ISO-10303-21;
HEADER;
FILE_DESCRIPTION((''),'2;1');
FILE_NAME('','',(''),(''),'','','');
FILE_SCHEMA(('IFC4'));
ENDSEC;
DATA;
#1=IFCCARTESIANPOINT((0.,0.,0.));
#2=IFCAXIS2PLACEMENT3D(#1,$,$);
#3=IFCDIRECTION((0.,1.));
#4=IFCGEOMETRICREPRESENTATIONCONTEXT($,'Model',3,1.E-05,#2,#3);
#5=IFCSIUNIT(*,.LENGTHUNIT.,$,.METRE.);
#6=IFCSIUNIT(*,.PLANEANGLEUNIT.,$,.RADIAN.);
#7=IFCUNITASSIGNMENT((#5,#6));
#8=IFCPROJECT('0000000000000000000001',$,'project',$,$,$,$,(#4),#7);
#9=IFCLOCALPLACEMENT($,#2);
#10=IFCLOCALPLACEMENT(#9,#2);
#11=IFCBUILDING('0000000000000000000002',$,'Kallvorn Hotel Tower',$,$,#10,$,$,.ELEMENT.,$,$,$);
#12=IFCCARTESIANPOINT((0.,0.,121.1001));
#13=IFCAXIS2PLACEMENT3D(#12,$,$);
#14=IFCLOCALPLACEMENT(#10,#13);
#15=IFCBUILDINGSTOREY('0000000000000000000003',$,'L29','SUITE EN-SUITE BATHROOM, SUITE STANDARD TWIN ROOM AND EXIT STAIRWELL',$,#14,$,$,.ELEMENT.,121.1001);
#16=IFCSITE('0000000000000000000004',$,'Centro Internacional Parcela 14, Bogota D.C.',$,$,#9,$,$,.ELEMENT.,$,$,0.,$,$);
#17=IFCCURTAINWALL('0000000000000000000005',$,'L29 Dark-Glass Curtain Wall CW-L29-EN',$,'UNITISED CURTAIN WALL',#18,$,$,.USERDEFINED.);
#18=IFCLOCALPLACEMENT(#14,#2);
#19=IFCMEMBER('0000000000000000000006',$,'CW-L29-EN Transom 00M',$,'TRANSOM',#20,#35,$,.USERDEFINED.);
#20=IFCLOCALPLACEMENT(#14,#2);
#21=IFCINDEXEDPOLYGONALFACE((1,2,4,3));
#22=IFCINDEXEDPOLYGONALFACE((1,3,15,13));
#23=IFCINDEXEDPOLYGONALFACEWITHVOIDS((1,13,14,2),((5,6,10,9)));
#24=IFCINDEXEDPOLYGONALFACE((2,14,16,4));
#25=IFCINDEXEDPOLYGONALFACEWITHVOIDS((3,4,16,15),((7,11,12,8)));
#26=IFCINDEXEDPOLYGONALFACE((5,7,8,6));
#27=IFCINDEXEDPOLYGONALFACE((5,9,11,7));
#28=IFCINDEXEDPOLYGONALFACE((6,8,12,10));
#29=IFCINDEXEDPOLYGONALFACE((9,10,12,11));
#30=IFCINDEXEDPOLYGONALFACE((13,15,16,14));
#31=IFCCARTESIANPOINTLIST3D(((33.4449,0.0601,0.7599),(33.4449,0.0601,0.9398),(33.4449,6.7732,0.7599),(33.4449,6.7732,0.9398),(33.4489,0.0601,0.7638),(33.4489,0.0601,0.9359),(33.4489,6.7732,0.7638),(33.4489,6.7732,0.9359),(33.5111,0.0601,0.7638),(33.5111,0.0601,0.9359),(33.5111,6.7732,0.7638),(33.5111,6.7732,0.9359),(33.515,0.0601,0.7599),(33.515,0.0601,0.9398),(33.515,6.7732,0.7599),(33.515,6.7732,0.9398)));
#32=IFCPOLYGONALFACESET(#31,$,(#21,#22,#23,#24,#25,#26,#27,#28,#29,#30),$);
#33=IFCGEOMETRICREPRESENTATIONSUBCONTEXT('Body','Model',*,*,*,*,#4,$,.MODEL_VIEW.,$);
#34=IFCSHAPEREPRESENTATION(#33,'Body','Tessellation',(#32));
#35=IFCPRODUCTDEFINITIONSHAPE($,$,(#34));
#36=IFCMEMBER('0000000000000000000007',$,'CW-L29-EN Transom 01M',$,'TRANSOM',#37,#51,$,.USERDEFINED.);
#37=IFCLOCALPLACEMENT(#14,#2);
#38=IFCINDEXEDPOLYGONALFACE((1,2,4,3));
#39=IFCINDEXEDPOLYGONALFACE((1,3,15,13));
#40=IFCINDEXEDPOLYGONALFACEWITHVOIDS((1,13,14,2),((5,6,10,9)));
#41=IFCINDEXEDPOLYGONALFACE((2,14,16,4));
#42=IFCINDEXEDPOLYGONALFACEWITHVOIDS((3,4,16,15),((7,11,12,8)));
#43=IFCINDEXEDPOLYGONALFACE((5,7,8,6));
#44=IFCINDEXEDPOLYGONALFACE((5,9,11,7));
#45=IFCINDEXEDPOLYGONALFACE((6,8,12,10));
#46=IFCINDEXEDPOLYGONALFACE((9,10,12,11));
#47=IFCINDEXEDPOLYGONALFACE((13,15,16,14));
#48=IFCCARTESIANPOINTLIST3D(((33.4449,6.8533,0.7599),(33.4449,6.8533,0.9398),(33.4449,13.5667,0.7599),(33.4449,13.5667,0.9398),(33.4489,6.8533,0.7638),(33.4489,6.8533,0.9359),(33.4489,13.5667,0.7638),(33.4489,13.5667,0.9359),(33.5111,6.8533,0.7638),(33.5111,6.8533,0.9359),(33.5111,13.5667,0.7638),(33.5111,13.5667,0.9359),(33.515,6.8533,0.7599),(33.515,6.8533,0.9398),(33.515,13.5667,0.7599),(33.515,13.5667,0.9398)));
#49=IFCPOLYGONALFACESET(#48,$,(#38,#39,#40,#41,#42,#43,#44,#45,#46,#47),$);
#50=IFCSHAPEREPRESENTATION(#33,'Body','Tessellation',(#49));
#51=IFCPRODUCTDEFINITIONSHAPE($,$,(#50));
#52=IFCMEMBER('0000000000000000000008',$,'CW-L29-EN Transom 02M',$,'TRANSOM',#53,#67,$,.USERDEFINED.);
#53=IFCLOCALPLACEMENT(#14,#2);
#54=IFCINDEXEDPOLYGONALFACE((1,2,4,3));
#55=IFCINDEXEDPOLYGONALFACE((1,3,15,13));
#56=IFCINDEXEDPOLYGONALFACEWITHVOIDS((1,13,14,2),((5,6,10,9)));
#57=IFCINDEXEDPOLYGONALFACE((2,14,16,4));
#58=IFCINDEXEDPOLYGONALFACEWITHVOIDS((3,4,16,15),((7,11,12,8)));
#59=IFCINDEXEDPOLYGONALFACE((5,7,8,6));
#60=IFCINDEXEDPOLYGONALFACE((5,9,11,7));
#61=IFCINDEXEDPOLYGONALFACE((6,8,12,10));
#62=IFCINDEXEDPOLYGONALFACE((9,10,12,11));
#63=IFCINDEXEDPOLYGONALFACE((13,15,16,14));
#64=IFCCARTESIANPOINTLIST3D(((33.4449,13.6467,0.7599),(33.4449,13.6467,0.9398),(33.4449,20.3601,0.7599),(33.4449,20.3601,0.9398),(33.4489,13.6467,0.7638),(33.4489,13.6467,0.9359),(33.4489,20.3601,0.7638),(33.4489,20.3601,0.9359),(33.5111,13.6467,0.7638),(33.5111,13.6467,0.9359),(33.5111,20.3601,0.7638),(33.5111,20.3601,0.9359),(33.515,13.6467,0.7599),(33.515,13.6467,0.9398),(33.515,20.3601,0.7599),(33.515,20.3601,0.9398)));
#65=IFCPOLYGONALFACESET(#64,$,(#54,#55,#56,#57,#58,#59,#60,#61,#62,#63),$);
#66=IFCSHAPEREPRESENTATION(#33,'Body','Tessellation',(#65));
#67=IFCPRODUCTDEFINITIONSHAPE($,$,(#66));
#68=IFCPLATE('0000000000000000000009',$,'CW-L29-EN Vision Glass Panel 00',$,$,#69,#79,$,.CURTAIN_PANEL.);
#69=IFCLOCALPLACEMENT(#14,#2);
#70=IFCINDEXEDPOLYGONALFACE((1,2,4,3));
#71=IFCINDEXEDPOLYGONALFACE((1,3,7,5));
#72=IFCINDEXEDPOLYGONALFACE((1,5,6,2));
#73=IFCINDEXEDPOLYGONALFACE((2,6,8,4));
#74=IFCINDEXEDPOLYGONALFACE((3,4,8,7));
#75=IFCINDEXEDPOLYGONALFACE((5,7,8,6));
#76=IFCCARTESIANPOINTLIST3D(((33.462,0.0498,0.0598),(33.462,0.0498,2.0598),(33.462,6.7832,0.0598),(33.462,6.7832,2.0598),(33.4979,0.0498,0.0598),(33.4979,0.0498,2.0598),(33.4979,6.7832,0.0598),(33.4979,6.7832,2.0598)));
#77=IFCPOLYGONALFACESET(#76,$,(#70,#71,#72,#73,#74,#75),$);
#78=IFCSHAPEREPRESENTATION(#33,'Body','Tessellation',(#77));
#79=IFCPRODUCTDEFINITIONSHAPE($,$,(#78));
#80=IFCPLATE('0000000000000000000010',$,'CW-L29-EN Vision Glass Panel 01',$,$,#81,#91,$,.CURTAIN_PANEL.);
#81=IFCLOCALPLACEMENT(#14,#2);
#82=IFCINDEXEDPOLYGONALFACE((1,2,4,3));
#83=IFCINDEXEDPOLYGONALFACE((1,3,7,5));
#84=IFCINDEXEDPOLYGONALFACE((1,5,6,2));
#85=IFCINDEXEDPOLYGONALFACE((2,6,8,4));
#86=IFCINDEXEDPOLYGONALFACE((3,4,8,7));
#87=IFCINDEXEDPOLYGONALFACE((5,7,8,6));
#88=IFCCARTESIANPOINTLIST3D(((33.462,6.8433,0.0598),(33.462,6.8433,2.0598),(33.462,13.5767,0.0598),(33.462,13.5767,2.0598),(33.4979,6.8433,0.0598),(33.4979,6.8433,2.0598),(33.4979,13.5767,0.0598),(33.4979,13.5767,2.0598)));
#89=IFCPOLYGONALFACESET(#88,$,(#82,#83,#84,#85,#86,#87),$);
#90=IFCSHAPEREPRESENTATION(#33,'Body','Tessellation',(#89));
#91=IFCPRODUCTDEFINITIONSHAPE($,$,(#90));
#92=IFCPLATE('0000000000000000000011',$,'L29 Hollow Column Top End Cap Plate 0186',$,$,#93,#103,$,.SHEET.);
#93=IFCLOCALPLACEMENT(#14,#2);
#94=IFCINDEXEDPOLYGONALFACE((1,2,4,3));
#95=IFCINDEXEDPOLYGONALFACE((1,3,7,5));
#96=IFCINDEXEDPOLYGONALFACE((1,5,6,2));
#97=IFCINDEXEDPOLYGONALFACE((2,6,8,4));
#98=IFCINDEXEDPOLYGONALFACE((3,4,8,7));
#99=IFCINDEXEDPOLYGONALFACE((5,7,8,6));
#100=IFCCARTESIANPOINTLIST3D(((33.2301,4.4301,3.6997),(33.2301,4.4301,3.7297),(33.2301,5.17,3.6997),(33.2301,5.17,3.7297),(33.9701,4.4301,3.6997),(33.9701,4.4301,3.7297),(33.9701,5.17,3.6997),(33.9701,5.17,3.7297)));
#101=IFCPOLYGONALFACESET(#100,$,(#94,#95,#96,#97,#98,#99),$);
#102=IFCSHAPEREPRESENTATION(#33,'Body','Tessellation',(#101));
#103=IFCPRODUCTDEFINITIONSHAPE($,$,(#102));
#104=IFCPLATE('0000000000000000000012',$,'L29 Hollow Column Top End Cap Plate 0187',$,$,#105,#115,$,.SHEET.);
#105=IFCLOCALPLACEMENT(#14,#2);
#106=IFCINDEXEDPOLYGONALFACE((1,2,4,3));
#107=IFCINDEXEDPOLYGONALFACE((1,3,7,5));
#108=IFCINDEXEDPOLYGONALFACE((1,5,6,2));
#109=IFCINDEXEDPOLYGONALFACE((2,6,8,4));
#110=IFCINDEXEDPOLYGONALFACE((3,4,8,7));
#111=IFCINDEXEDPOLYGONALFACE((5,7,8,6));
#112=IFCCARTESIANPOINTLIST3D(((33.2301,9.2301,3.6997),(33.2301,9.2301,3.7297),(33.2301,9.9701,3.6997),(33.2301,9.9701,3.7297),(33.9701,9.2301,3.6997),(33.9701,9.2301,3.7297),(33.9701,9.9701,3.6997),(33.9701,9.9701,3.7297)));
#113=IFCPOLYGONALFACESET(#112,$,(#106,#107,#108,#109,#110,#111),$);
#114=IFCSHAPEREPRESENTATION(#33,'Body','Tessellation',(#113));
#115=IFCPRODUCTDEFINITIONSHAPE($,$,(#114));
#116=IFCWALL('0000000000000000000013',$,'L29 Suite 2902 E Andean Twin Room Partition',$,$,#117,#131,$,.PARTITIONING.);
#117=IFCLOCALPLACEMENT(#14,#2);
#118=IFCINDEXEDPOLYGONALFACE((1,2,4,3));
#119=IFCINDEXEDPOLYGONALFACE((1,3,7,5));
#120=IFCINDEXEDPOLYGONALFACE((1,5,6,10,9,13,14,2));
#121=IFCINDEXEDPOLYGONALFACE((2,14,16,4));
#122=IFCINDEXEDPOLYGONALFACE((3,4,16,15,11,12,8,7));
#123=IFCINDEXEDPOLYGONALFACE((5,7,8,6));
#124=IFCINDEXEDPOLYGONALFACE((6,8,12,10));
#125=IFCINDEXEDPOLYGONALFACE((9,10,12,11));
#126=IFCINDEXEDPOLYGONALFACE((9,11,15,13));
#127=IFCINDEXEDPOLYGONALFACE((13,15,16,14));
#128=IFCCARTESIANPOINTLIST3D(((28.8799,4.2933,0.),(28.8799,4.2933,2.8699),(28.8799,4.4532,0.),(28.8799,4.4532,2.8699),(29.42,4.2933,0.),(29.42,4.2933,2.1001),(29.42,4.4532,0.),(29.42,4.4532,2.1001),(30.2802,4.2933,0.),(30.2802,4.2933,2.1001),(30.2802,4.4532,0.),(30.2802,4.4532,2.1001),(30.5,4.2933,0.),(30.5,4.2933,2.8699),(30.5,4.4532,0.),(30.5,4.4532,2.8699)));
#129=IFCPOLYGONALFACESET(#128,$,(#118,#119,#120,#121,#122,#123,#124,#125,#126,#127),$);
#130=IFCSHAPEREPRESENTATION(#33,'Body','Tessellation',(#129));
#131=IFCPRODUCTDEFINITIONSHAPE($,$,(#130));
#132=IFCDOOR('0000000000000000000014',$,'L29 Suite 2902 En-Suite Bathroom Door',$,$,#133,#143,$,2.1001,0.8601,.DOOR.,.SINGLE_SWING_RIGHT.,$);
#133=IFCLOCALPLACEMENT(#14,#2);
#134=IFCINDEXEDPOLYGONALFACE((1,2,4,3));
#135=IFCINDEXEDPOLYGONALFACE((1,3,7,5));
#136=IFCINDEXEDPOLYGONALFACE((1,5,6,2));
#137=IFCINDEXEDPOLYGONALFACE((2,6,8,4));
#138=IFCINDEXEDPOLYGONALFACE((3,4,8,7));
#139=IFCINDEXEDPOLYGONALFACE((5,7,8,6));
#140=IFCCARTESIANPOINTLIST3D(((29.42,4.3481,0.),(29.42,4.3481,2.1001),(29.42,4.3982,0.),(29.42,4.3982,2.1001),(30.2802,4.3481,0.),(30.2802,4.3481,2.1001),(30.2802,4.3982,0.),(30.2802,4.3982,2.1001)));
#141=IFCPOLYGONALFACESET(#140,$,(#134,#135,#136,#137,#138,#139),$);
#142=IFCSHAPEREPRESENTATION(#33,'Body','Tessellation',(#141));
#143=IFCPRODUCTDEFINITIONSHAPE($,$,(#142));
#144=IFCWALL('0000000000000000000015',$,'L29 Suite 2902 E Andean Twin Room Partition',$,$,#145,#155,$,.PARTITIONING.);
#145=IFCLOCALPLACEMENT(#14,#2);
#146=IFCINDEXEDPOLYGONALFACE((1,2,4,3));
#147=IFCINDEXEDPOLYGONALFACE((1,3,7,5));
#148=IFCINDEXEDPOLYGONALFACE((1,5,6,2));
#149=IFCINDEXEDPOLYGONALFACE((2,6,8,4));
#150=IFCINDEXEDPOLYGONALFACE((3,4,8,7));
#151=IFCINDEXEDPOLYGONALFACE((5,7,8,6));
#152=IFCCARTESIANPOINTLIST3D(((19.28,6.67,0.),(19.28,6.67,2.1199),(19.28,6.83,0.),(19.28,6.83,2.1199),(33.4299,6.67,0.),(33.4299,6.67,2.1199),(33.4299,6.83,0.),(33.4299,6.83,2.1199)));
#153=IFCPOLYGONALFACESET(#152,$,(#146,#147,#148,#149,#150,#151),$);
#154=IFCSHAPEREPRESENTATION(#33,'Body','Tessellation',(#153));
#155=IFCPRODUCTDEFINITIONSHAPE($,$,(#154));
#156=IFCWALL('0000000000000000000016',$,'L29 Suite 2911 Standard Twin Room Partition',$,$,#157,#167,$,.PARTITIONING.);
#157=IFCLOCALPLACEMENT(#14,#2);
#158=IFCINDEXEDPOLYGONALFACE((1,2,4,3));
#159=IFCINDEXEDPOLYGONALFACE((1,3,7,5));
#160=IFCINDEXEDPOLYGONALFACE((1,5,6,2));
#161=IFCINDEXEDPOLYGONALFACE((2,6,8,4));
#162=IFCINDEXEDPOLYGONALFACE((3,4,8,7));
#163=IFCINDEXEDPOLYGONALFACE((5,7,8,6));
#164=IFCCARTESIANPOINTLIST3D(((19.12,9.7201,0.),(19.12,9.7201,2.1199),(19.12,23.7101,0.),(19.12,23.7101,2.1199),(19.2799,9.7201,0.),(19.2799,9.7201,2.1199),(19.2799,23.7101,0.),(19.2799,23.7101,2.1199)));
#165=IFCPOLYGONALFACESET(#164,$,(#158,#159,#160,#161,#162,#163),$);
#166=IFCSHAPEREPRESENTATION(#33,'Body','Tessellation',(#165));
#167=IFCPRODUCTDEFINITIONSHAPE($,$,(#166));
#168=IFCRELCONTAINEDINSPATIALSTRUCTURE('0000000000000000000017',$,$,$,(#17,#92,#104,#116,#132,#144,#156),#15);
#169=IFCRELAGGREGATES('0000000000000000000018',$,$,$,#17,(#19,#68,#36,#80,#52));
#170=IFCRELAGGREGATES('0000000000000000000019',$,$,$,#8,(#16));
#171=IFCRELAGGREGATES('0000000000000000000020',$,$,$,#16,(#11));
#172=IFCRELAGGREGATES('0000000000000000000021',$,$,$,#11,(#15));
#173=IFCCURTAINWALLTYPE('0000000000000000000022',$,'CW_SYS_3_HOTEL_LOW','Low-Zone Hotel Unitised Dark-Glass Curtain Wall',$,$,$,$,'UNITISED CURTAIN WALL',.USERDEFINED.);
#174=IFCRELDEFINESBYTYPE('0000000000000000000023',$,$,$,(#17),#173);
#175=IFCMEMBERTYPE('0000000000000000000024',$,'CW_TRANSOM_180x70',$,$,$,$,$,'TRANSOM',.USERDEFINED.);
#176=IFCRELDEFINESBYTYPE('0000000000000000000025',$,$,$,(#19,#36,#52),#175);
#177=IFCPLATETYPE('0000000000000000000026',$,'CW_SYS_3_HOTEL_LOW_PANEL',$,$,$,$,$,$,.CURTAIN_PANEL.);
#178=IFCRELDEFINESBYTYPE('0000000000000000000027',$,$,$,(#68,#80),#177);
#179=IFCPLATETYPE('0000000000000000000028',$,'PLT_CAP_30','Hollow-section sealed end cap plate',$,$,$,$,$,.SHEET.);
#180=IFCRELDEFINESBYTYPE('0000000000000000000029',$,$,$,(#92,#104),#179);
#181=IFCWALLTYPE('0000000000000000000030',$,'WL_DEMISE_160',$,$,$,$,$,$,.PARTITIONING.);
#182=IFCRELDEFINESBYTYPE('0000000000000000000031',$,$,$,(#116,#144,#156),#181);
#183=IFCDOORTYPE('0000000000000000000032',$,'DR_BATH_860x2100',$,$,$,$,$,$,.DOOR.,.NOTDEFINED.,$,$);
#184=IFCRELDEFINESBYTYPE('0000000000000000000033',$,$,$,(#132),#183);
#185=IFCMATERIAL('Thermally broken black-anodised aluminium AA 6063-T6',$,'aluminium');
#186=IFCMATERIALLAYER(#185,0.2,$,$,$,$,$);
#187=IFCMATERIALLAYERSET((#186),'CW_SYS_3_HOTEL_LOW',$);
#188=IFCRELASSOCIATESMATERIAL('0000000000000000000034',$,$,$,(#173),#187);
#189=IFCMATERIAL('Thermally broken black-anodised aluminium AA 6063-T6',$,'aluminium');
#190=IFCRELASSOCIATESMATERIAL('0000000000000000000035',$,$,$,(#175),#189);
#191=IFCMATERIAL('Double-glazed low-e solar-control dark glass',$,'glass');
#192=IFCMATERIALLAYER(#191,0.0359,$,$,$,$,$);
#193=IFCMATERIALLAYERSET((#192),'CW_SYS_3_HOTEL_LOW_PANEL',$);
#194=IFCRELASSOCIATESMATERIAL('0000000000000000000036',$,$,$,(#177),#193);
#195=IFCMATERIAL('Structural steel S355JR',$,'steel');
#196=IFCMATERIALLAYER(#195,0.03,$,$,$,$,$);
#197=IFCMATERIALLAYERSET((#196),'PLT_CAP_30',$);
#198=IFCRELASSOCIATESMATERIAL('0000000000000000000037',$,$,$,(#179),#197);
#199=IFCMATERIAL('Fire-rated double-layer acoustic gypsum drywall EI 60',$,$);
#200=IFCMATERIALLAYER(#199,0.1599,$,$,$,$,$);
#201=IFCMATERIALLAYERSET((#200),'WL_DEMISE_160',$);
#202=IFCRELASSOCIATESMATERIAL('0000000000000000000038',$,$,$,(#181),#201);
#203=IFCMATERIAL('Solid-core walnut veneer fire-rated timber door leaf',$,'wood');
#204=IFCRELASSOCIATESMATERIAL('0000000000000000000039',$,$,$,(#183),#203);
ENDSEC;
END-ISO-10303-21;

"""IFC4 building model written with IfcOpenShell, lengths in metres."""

from ifc_helpers import new_model, si_unit, direction, frame, frame_2d, origin, origin_2d, place, context, subcontext, project, spatial, rectangle, hollow_rectangle, extrude, material, layer, layer_set, material_profile, profile_set, type_object, element, fill, aggregate, save


model = new_model("IFC4")

# Units and contexts
model_context = context("Model", 3, precision=1e-05, world=origin(), true_north=direction((0.0, 1.0)))
body_context = subcontext(model_context, "Body", "Model", "MODEL_VIEW")
ifc_project = project(units=[si_unit("LENGTHUNIT", "METRE"), si_unit("PLANEANGLEUNIT", "RADIAN")], contexts=[model_context])

# Site, building, storey
site_placement = place(None, origin())
site = spatial("IfcSite", under=ifc_project, at=site_placement, Name="Centro Internacional Parcela 14, Bogota D.C.", CompositionType="ELEMENT", RefElevation=0.0)
building_placement = place(site_placement, origin())
building = spatial("IfcBuilding", under=site, at=building_placement, Name="Kallvorn Hotel Tower", CompositionType="ELEMENT")
storey_placement = place(building_placement, frame((0.0, 0.0, 121.1001)))
storey = spatial("IfcBuildingStorey", under=building, at=storey_placement, Name="L29", Description="SUITE EN-SUITE BATHROOM, SUITE STANDARD TWIN ROOM AND EXIT STAIRWELL", CompositionType="ELEMENT", Elevation=121.1001)

# Curtain wall, members, plates
ifc_material_1 = material(Name="Thermally broken black-anodised aluminium AA 6063-T6", Category="aluminium")
ifc_layer_1 = layer(ifc_material_1, 0.2)
ifc_layer_set_1 = layer_set([ifc_layer_1], Name="CW_SYS_3_HOTEL_LOW")
curtain_wall_type = type_object("IfcCurtainWallType", Name="CW_SYS_3_HOTEL_LOW", Description="Low-Zone Hotel Unitised Dark-Glass Curtain Wall", ElementType="UNITISED CURTAIN WALL", PredefinedType="USERDEFINED", material=ifc_layer_set_1)
curtain_wall_placement = place(storey_placement, origin())
curtain_wall = element("IfcCurtainWall", 1, at=curtain_wall_placement, inside=storey, type_object=curtain_wall_type, Name="L29 Dark-Glass Curtain Wall CW-L29-EN", ObjectType="UNITISED CURTAIN WALL", PredefinedType="USERDEFINED")
ifc_material_2 = material(Name="Thermally broken black-anodised aluminium AA 6063-T6", Category="aluminium")
ifc_material_profile_1 = material_profile(ifc_material_2, hollow_rectangle(XDim=0.0701, YDim=0.1799, WallThickness=0.0039, at=origin_2d()), Name="TRN 180x70")
ifc_profile_set_1 = profile_set([ifc_material_profile_1], Name="Thermally broken black-anodised aluminium AA 6063-T6")
member_type_1 = type_object("IfcMemberType", Name="CW_TRANSOM_180x70", ElementType="TRANSOM", PredefinedType="USERDEFINED", material=ifc_profile_set_1)
member_1_placement = place(storey_placement, frame((33.48, 0.0601, 0.8499), z_axis=(0.0, 1.0, 0.0), x_axis=(-1.0, 0.0, 0.0)))
member_1 = element("IfcMember", 2, at=member_1_placement, type_object=member_type_1, Name="CW-L29-EN Transom 00M", ObjectType="TRANSOM", PredefinedType="USERDEFINED", context=body_context, shape_type="SweptSolid", body=[
    extrude(hollow_rectangle(XDim=0.0701, YDim=0.1799, WallThickness=0.0039, at=origin_2d()), origin(), (0.0, 0.0, 1.0), 6.7131),
])
member_2_placement = place(storey_placement, frame((33.48, 6.8533, 0.8499), z_axis=(0.0, 1.0, 0.0), x_axis=(-1.0, 0.0, 0.0)))
member_2 = element("IfcMember", 3, at=member_2_placement, type_object=member_type_1, Name="CW-L29-EN Transom 01M", ObjectType="TRANSOM", PredefinedType="USERDEFINED", context=body_context, shape_type="SweptSolid", body=[
    extrude(hollow_rectangle(XDim=0.0701, YDim=0.1799, WallThickness=0.0039, at=origin_2d()), origin(), (0.0, 0.0, 1.0), 6.7134),
])
member_3_placement = place(storey_placement, frame((33.48, 13.6467, 0.8499), z_axis=(0.0, 1.0, 0.0), x_axis=(-1.0, 0.0, 0.0)))
member_3 = element("IfcMember", 4, at=member_3_placement, type_object=member_type_1, Name="CW-L29-EN Transom 02M", ObjectType="TRANSOM", PredefinedType="USERDEFINED", context=body_context, shape_type="SweptSolid", body=[
    extrude(hollow_rectangle(XDim=0.0701, YDim=0.1799, WallThickness=0.0039, at=origin_2d()), origin(), (0.0, 0.0, 1.0), 6.7134),
])
ifc_material_3 = material(Name="Double-glazed low-e solar-control dark glass", Category="glass")
ifc_layer_2 = layer(ifc_material_3, 0.0359)
ifc_layer_set_2 = layer_set([ifc_layer_2], Name="CW_SYS_3_HOTEL_LOW_PANEL")
plate_type_1 = type_object("IfcPlateType", Name="CW_SYS_3_HOTEL_LOW_PANEL", PredefinedType="CURTAIN_PANEL", material=ifc_layer_set_2)
plate_1_placement = place(storey_placement, frame((33.48, 3.4165, 0.0598), z_axis=(0.0, 0.0, 1.0), x_axis=(0.0, 1.0, 0.0)))
plate_1 = element("IfcPlate", 5, at=plate_1_placement, type_object=plate_type_1, Name="CW-L29-EN Vision Glass Panel 00", PredefinedType="CURTAIN_PANEL", context=body_context, shape_type="SweptSolid", body=[
    extrude(rectangle(XDim=6.7334, YDim=0.0359, at=origin_2d()), origin(), (0.0, 0.0, 1.0), 2.0),
])
plate_2_placement = place(storey_placement, frame((33.48, 10.21, 0.0598), z_axis=(0.0, 0.0, 1.0), x_axis=(0.0, 1.0, 0.0)))
plate_2 = element("IfcPlate", 6, at=plate_2_placement, type_object=plate_type_1, Name="CW-L29-EN Vision Glass Panel 01", PredefinedType="CURTAIN_PANEL", context=body_context, shape_type="SweptSolid", body=[
    extrude(rectangle(XDim=6.7334, YDim=0.0359, at=origin_2d()), origin(), (0.0, 0.0, 1.0), 2.0),
])
aggregate(curtain_wall, [member_1, plate_1, member_2, plate_2, member_3])

# Plates
ifc_material_4 = material(Name="Structural steel S355JR", Category="steel")
ifc_layer_3 = layer(ifc_material_4, 0.03)
ifc_layer_set_3 = layer_set([ifc_layer_3], Name="PLT_CAP_30")
plate_type_2 = type_object("IfcPlateType", Name="PLT_CAP_30", Description="Hollow-section sealed end cap plate", PredefinedType="SHEET", material=ifc_layer_set_3)
for number, where, z_axis, x_axis, name in (
    (7, (33.6001, 4.8, 3.6997), (0.0, 0.0, 1.0), (1.0, 0.0, 0.0), "L29 Hollow Column Top End Cap Plate 0186"),
    (8, (33.6001, 9.6001, 3.6997), (0.0, 0.0, 1.0), (1.0, 0.0, 0.0), "L29 Hollow Column Top End Cap Plate 0187"),
):
    element("IfcPlate", number, at=place(storey_placement, frame(where, z_axis=z_axis, x_axis=x_axis)), inside=storey, type_object=plate_type_2, Name=name, PredefinedType="SHEET", context=body_context, shape_type="SweptSolid", body=[
        extrude(rectangle(XDim=0.74, YDim=0.74, at=origin_2d()), origin(), (0.0, 0.0, 1.0), 0.03),
    ])

# Wall, opening, door
ifc_material_5 = material(Name="Fire-rated double-layer acoustic gypsum drywall EI 60")
ifc_layer_4 = layer(ifc_material_5, 0.1599)
ifc_layer_set_4 = layer_set([ifc_layer_4], Name="WL_DEMISE_160")
wall_type_1 = type_object("IfcWallType", Name="WL_DEMISE_160", PredefinedType="PARTITIONING", material=ifc_layer_set_4)
wall_1_placement = place(storey_placement, frame((28.8799, 4.3733, 0.0), z_axis=(0.0, 0.0, 1.0), x_axis=(1.0, 0.0, 0.0)))
wall_1 = element("IfcWall", 9, at=wall_1_placement, inside=storey, type_object=wall_type_1, Name="L29 Suite 2902 E Andean Twin Room Partition", PredefinedType="PARTITIONING", context=body_context, shape_type="SweptSolid", body=[
    extrude(rectangle(XDim=1.6201, YDim=0.1599, at=frame_2d((0.8101, 0.0))), origin(), (0.0, 0.0, 1.0), 2.8699),
])
opening_1_placement = place(wall_1_placement, frame((0.54, 0.0, 0.0)))
opening_1 = element("IfcOpeningElement", 10, at=opening_1_placement, cuts=wall_1, PredefinedType="OPENING", context=body_context, shape_type="SweptSolid", body=[
    extrude(rectangle(XDim=0.8601, YDim=2.1001, at=frame_2d((0.4302, 1.05))), frame((0.0, 0.095, 0.0), z_axis=(0.0, -1.0, 0.0), x_axis=(1.0, 0.0, 0.0)), (0.0, 0.0, 1.0), 0.1899),
])
ifc_material_6 = material(Name="Solid-core walnut veneer fire-rated timber door leaf", Category="wood")
door_type_1 = type_object("IfcDoorType", Name="DR_BATH_860x2100", OperationType="NOTDEFINED", PredefinedType="DOOR", material=ifc_material_6)
door_1_placement = place(opening_1_placement, origin())
door_1 = element("IfcDoor", 11, at=door_1_placement, inside=storey, type_object=door_type_1, Name="L29 Suite 2902 En-Suite Bathroom Door", OperationType="SINGLE_SWING_RIGHT", OverallHeight=2.1001, OverallWidth=0.8601, PredefinedType="DOOR", context=body_context, shape_type="SweptSolid", body=[
    extrude(rectangle(XDim=0.8601, YDim=2.1001, at=frame_2d((0.4302, 1.05))), frame((0.0, 0.0249, 0.0), z_axis=(0.0, -1.0, 0.0), x_axis=(1.0, 0.0, 0.0)), (0.0, 0.0, 1.0), 0.05),
])
fill(opening_1, door_1)

# Walls
wall_2_placement = place(storey_placement, frame((19.28, 6.75, 0.0), z_axis=(0.0, 0.0, 1.0), x_axis=(1.0, 0.0, 0.0)))
element("IfcWall", 12, at=wall_2_placement, inside=storey, type_object=wall_type_1, Name="L29 Suite 2902 E Andean Twin Room Partition", PredefinedType="PARTITIONING", context=body_context, shape_type="SweptSolid", body=[
    extrude(rectangle(XDim=14.1499, YDim=0.1599, at=frame_2d((7.075, 0.0))), origin(), (0.0, 0.0, 1.0), 2.1199),
])
wall_3_placement = place(storey_placement, frame((19.2, 9.72, 0.0), z_axis=(0.0, 0.0, 1.0), x_axis=(0.0, 1.0, 0.0)))
element("IfcWall", 13, at=wall_3_placement, inside=storey, type_object=wall_type_1, Name="L29 Suite 2911 Standard Twin Room Partition", PredefinedType="PARTITIONING", context=body_context, shape_type="SweptSolid", body=[
    extrude(rectangle(XDim=13.99, YDim=0.1599, at=frame_2d((6.9951, 0.0))), origin(), (0.0, 0.0, 1.0), 2.1199),
])

save(model, "model.ifc")
